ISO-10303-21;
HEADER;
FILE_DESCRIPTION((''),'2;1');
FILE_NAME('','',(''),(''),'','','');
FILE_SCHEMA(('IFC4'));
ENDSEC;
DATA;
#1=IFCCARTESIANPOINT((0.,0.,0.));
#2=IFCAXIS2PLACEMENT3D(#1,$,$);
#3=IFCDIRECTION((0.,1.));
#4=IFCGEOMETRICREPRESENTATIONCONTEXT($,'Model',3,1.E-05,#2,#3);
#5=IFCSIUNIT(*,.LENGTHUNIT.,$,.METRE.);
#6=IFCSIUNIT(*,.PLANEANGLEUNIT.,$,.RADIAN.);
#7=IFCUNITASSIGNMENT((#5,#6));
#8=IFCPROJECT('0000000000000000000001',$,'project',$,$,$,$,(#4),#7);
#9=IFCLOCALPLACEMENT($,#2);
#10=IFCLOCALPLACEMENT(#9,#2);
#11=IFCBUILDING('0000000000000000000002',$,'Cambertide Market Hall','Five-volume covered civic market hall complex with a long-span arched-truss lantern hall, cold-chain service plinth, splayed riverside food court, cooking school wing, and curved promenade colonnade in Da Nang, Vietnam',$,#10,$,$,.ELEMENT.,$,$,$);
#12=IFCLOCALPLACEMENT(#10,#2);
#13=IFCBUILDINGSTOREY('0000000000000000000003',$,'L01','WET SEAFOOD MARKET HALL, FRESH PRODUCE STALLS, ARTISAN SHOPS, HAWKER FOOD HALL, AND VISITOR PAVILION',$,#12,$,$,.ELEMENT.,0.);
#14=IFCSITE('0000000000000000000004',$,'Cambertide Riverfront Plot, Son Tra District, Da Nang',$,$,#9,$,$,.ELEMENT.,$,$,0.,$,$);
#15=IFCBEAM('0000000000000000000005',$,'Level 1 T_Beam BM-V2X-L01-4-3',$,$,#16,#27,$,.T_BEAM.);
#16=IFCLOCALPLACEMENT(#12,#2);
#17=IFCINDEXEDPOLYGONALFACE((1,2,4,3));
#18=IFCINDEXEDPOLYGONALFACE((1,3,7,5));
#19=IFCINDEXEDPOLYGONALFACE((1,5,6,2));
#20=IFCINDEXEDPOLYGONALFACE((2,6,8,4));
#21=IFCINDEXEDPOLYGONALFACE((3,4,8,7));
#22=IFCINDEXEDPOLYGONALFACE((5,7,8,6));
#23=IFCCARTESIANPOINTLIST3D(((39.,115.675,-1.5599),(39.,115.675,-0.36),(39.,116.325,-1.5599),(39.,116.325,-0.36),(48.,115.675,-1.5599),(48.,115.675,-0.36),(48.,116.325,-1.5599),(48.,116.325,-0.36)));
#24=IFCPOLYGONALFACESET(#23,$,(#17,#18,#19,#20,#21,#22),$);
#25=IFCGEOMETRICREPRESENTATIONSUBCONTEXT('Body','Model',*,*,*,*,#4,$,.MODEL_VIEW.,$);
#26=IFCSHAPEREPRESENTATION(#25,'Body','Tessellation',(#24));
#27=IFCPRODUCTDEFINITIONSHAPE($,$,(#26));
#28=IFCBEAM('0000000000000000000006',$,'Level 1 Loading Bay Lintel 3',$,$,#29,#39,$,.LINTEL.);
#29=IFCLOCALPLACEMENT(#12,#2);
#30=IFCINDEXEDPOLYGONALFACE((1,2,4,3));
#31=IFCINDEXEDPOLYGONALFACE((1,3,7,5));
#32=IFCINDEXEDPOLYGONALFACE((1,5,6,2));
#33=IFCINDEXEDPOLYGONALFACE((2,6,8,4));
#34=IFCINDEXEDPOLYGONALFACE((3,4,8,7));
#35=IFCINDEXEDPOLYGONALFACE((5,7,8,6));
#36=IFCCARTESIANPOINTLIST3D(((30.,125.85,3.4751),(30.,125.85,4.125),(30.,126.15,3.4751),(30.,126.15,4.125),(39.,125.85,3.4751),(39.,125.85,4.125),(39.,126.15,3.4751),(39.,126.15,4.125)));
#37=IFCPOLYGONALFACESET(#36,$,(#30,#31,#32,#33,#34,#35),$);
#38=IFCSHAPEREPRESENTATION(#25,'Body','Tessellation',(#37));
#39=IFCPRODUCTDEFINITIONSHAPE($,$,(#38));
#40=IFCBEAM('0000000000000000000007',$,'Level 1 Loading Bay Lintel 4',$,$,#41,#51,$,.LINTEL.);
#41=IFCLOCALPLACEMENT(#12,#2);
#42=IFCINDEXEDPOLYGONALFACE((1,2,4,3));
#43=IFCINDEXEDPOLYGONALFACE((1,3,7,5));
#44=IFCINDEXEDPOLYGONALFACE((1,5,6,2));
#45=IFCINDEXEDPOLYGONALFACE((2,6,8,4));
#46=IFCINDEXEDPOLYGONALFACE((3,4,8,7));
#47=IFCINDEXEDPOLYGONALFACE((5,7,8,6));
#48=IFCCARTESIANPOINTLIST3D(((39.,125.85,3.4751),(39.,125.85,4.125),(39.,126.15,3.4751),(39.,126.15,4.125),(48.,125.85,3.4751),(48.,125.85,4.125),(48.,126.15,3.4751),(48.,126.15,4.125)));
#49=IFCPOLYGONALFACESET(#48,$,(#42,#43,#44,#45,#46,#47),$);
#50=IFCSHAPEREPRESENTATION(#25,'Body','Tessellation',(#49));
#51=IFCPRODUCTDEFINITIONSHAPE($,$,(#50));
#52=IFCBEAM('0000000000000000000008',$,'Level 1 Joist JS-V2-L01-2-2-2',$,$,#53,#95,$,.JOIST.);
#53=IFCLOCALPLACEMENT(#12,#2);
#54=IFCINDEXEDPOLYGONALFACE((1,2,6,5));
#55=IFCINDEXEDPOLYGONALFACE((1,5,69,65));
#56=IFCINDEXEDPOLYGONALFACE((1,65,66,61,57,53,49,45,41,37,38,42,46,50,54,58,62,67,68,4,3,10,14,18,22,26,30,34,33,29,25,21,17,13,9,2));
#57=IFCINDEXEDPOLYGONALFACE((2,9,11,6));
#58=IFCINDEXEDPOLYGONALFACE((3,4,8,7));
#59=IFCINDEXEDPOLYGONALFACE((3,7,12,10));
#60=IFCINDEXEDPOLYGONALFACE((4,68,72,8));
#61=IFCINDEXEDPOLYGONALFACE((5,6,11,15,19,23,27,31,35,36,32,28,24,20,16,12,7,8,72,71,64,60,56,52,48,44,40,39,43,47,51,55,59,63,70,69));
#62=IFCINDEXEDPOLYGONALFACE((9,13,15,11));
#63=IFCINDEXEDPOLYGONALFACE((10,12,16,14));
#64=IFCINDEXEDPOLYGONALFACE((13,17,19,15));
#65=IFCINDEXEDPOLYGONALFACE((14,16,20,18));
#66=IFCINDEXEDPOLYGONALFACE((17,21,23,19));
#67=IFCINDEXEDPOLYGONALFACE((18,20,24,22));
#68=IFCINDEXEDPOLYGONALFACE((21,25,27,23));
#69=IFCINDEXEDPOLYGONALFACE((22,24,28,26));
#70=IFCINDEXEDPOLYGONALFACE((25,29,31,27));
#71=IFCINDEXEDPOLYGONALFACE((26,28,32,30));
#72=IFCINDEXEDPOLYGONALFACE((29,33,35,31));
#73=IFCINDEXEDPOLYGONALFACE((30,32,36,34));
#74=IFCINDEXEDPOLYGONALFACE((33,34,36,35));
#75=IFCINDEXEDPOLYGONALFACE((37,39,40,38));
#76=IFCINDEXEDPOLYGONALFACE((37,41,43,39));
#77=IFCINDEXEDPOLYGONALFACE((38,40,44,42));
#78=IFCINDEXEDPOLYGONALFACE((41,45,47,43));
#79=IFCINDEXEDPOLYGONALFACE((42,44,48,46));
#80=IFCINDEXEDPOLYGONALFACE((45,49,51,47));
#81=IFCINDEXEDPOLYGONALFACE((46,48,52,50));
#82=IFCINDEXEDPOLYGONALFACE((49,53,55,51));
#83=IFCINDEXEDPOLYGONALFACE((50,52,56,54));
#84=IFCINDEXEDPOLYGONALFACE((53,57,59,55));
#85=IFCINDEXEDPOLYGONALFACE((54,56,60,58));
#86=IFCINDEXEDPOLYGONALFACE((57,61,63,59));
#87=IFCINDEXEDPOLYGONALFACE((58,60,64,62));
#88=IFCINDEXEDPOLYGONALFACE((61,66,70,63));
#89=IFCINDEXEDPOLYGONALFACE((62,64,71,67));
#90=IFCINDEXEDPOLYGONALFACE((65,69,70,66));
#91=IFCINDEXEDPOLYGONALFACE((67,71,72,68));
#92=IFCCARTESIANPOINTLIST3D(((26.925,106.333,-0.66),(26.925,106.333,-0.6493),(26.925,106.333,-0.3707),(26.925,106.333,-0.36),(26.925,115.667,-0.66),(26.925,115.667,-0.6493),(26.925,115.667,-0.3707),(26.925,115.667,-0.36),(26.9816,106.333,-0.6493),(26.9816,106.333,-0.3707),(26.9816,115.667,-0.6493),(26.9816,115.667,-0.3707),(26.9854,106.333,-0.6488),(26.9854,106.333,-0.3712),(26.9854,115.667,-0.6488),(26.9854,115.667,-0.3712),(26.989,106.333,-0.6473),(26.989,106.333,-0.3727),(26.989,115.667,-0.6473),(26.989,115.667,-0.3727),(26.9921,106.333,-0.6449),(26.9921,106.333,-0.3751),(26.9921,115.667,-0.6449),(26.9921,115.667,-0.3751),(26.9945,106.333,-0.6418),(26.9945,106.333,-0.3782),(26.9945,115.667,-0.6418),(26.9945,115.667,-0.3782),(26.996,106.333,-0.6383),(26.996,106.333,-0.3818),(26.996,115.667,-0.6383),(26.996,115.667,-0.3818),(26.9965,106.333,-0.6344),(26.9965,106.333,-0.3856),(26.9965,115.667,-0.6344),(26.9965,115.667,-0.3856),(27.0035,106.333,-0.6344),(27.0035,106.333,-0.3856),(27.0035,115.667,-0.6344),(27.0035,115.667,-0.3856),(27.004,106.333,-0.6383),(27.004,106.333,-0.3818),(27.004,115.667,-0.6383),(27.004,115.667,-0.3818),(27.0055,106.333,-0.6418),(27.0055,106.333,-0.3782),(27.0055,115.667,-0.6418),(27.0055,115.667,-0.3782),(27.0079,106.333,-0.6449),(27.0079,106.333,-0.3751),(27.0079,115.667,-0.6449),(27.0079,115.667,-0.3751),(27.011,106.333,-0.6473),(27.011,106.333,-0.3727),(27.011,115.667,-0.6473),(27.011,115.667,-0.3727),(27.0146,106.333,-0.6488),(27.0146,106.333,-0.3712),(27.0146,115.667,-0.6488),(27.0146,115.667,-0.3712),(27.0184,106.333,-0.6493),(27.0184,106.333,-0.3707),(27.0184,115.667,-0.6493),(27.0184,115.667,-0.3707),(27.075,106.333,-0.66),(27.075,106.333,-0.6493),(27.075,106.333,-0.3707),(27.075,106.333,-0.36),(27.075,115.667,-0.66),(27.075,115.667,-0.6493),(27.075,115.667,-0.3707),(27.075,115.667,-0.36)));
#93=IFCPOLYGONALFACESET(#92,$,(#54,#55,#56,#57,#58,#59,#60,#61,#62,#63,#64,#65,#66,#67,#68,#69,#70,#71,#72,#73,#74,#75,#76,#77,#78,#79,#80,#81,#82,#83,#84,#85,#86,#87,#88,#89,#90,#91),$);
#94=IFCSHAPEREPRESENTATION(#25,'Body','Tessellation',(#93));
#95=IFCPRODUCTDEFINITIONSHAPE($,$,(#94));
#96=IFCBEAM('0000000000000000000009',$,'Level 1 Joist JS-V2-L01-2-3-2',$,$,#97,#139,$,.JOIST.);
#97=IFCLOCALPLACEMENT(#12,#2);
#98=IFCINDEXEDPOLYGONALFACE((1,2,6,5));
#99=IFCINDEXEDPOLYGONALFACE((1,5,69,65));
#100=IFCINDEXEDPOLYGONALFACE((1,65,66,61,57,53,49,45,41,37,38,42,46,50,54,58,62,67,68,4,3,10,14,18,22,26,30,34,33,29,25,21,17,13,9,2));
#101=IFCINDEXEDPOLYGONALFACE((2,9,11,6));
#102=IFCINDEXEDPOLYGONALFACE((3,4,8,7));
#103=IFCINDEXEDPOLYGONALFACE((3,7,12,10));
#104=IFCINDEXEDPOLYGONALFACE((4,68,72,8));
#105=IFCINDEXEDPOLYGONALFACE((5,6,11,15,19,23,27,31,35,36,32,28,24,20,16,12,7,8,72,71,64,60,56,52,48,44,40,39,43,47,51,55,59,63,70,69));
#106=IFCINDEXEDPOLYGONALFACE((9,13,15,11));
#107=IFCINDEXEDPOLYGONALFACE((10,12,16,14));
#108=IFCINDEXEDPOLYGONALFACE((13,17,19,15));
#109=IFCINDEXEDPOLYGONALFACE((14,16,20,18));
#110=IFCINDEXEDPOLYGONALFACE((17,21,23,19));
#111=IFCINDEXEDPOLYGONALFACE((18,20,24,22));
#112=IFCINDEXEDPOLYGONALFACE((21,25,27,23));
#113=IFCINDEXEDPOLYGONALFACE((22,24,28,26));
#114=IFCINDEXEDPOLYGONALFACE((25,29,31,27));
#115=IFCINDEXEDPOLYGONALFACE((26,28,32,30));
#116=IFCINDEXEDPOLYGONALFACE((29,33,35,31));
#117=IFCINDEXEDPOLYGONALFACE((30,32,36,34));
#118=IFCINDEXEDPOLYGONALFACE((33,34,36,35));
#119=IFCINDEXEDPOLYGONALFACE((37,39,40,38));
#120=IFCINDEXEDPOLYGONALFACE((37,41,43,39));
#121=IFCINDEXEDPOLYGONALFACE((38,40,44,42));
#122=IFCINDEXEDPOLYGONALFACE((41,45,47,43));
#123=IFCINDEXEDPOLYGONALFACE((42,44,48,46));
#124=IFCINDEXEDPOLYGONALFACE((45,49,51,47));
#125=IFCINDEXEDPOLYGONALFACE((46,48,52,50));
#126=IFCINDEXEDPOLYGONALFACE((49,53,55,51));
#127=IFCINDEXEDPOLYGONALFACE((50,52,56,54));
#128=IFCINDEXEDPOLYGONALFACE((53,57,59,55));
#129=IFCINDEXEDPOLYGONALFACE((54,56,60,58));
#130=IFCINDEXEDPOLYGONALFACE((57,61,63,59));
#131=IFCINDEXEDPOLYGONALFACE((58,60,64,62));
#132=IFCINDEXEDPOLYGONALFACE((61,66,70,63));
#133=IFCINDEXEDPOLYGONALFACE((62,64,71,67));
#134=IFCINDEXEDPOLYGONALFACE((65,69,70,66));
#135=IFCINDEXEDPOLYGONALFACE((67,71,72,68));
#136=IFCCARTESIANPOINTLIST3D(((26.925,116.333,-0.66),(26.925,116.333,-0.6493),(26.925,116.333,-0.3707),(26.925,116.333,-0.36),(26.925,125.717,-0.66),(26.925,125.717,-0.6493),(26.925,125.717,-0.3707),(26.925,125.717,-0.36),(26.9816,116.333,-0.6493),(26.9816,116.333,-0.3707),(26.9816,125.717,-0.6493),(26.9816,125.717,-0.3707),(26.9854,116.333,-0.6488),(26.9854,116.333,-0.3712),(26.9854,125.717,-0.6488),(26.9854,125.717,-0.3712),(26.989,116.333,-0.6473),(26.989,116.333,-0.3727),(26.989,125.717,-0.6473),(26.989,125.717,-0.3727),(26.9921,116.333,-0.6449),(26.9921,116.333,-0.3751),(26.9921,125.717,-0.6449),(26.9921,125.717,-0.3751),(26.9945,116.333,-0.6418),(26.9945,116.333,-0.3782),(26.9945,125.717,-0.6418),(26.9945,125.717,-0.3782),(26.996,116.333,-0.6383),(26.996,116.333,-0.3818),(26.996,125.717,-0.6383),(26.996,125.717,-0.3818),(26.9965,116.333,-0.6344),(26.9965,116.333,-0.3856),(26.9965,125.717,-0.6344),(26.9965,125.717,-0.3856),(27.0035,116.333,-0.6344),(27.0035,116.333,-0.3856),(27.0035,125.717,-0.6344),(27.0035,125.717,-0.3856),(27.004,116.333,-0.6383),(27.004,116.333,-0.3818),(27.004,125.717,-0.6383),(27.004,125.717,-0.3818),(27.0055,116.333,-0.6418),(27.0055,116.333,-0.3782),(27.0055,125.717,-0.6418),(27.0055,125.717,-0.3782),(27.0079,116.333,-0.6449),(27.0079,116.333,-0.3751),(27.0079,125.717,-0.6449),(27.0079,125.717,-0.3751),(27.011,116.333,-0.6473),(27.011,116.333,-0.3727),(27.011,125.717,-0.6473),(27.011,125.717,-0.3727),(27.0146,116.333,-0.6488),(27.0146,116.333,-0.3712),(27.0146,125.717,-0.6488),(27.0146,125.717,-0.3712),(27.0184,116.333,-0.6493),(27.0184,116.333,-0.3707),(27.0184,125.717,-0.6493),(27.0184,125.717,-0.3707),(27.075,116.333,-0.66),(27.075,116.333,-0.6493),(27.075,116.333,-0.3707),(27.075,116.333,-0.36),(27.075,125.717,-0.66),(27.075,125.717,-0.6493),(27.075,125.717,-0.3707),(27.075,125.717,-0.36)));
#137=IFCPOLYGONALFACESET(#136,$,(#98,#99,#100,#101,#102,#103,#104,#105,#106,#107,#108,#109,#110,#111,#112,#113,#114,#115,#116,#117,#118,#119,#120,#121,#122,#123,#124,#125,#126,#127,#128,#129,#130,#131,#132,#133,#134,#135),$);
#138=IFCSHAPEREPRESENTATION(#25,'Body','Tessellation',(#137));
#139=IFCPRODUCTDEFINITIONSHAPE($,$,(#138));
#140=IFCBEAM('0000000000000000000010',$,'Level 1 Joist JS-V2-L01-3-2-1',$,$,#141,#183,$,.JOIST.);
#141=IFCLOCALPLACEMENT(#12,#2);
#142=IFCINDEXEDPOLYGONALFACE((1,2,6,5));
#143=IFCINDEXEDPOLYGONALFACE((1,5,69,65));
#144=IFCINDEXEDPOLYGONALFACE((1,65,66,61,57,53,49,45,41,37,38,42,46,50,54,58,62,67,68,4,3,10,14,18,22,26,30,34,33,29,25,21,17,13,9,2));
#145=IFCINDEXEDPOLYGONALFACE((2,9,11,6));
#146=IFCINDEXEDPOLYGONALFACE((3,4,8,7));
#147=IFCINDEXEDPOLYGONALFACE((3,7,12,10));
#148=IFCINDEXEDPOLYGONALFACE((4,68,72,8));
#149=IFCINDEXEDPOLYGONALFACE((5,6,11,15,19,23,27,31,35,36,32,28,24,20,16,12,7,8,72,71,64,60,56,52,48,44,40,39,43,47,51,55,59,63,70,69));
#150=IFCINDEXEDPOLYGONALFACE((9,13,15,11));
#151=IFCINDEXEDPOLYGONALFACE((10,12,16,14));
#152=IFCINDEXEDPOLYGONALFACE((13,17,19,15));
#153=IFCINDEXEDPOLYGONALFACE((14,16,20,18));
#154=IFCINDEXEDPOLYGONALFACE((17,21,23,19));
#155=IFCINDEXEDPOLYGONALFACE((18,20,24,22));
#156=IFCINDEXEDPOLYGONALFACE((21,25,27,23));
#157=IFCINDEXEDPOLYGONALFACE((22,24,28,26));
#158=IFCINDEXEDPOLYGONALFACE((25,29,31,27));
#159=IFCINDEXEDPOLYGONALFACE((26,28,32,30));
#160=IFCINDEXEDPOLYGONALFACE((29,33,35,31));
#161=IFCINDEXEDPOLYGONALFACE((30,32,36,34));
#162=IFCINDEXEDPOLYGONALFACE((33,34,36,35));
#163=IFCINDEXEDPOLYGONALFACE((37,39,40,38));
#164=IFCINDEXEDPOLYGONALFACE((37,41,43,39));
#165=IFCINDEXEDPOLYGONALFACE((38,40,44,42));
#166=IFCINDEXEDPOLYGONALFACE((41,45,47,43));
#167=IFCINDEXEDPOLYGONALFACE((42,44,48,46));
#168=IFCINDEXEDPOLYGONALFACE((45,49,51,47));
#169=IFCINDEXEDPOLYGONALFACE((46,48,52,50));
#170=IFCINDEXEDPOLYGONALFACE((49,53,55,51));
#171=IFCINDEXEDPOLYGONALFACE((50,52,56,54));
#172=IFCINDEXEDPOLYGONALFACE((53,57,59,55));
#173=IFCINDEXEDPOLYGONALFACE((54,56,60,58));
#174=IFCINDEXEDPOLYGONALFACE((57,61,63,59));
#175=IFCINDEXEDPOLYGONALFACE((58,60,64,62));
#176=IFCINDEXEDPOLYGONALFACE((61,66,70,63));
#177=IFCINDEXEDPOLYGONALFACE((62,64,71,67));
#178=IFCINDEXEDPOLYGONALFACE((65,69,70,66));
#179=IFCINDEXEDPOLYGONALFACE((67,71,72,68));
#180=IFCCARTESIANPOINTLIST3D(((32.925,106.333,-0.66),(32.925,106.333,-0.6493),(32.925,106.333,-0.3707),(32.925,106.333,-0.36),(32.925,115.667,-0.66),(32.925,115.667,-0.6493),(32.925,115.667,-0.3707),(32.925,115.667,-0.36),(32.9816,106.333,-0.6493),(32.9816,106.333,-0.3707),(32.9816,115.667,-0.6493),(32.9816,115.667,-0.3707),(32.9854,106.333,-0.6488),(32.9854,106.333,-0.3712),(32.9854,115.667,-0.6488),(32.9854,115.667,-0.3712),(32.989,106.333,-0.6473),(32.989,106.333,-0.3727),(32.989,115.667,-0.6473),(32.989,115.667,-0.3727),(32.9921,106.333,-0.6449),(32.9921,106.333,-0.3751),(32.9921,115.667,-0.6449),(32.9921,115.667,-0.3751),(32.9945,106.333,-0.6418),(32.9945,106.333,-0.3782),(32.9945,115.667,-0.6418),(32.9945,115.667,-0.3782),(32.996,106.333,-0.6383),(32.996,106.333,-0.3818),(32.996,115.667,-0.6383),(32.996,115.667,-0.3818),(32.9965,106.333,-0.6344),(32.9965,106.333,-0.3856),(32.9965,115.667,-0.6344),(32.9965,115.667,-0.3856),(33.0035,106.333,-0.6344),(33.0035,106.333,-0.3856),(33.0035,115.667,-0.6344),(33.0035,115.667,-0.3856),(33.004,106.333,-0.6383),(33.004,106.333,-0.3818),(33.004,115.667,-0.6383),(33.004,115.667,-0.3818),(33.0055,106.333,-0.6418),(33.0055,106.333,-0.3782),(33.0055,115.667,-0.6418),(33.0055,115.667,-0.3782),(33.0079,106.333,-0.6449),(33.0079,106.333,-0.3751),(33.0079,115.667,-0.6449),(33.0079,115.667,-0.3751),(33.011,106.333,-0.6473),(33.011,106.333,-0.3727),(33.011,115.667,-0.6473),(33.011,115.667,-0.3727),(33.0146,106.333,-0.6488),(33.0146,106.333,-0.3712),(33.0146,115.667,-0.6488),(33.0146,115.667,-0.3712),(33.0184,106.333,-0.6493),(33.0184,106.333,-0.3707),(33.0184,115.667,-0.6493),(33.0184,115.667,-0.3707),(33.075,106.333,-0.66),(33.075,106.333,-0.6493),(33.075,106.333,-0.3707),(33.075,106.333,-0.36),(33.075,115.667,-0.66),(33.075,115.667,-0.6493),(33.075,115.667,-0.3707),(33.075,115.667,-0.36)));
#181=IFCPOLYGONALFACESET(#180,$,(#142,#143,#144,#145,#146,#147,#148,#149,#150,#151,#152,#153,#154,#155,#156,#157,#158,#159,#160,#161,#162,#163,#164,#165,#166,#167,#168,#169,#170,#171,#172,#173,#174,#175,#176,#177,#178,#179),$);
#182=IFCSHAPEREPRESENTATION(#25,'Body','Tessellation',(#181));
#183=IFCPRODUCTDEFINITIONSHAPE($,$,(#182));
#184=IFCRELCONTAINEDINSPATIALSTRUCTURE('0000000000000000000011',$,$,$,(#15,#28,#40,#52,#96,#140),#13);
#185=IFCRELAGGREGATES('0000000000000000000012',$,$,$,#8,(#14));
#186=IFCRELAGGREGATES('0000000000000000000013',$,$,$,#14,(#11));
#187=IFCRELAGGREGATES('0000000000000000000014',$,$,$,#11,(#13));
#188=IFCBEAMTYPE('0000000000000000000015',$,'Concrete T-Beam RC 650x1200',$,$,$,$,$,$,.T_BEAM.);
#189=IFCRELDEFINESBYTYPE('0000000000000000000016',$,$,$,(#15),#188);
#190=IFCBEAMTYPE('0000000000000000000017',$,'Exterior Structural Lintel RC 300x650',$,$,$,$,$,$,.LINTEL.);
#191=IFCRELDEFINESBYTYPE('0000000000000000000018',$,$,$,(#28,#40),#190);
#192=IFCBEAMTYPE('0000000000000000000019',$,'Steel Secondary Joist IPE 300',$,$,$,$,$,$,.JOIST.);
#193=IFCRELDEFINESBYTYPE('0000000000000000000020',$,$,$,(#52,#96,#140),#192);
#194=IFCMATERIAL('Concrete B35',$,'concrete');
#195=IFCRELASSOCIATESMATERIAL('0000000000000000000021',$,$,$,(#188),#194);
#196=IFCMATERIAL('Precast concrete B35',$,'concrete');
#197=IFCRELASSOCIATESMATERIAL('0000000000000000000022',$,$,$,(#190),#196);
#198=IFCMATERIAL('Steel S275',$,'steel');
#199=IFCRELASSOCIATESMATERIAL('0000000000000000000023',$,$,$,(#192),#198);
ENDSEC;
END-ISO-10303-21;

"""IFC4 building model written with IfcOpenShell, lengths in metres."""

from ifc_helpers import new_model, si_unit, direction, frame, origin, origin_2d, place, context, subcontext, project, spatial, rectangle, i_section, extrude, material, material_profile, profile_set, type_object, element, save


model = new_model("IFC4")

# Units and contexts
model_context = context("Model", 3, precision=1e-05, world=origin(), true_north=direction((0.0, 1.0)))
body_context = subcontext(model_context, "Body", "Model", "MODEL_VIEW")
ifc_project = project(units=[si_unit("LENGTHUNIT", "METRE"), si_unit("PLANEANGLEUNIT", "RADIAN")], contexts=[model_context])

# Site, building, storey
site_placement = place(None, origin())
site = spatial("IfcSite", under=ifc_project, at=site_placement, Name="Cambertide Riverfront Plot, Son Tra District, Da Nang", CompositionType="ELEMENT", RefElevation=0.0)
building_placement = place(site_placement, origin())
building = spatial("IfcBuilding", under=site, at=building_placement, Name="Cambertide Market Hall", Description="Five-volume covered civic market hall complex with a long-span arched-truss lantern hall, cold-chain service plinth, splayed riverside food court, cooking school wing, and curved promenade colonnade in Da Nang, Vietnam", CompositionType="ELEMENT")
storey_placement = place(building_placement, origin())
storey = spatial("IfcBuildingStorey", under=building, at=storey_placement, Name="L01", Description="WET SEAFOOD MARKET HALL, FRESH PRODUCE STALLS, ARTISAN SHOPS, HAWKER FOOD HALL, AND VISITOR PAVILION", CompositionType="ELEMENT", Elevation=0.0)

# Beams
ifc_material_1 = material(Name="Concrete B35", Category="concrete")
ifc_material_profile_1 = material_profile(ifc_material_1, rectangle(XDim=0.6499, YDim=1.2, at=origin_2d()), Name="RC 650x1200")
ifc_profile_set_1 = profile_set([ifc_material_profile_1], Name="Concrete B35")
beam_type_1 = type_object("IfcBeamType", Name="Concrete T-Beam RC 650x1200", PredefinedType="T_BEAM", material=ifc_profile_set_1)
for number, where, z_axis, x_axis, name in (
    (1, (39.0, 116.0, -0.96), (1.0, 0.0, 0.0), (0.0, 1.0, 0.0), "Level 1 T_Beam BM-V2X-L01-4-3"),
):
    element("IfcBeam", number, at=place(storey_placement, frame(where, z_axis=z_axis, x_axis=x_axis)), inside=storey, type_object=beam_type_1, Name=name, PredefinedType="T_BEAM", context=body_context, shape_type="SweptSolid", body=[
        extrude(rectangle(XDim=0.6499, YDim=1.2, at=origin_2d()), origin(), (0.0, 0.0, 1.0), 9.0),
    ])
ifc_material_2 = material(Name="Precast concrete B35", Category="concrete")
ifc_material_profile_2 = material_profile(ifc_material_2, rectangle(XDim=0.3, YDim=0.6499, at=origin_2d()), Name="RC 300x650")
ifc_profile_set_2 = profile_set([ifc_material_profile_2], Name="Precast concrete B35")
beam_type_2 = type_object("IfcBeamType", Name="Exterior Structural Lintel RC 300x650", PredefinedType="LINTEL", material=ifc_profile_set_2)
for number, where, z_axis, x_axis, name in (
    (2, (30.0, 126.0, 3.8), (1.0, 0.0, 0.0), (0.0, 1.0, 0.0), "Level 1 Loading Bay Lintel 3"),
    (3, (39.0, 126.0, 3.8), (1.0, 0.0, 0.0), (0.0, 1.0, 0.0), "Level 1 Loading Bay Lintel 4"),
):
    element("IfcBeam", number, at=place(storey_placement, frame(where, z_axis=z_axis, x_axis=x_axis)), inside=storey, type_object=beam_type_2, Name=name, PredefinedType="LINTEL", context=body_context, shape_type="SweptSolid", body=[
        extrude(rectangle(XDim=0.3, YDim=0.6499, at=origin_2d()), origin(), (0.0, 0.0, 1.0), 9.0),
    ])
ifc_material_3 = material(Name="Steel S275", Category="steel")
ifc_material_profile_3 = material_profile(ifc_material_3, i_section(OverallWidth=0.1499, OverallDepth=0.3, WebThickness=0.0071, FlangeThickness=0.0107, FilletRadius=0.0149, at=origin_2d()), Name="IPE 300")
ifc_profile_set_3 = profile_set([ifc_material_profile_3], Name="Steel S275")
beam_type_3 = type_object("IfcBeamType", Name="Steel Secondary Joist IPE 300", PredefinedType="JOIST", material=ifc_profile_set_3)
beam_1_placement = place(storey_placement, frame((27.0, 106.333, -0.51), z_axis=(0.0, 1.0, 0.0), x_axis=(-1.0, 0.0, 0.0)))
element("IfcBeam", 4, at=beam_1_placement, inside=storey, type_object=beam_type_3, Name="Level 1 Joist JS-V2-L01-2-2-2", PredefinedType="JOIST", context=body_context, shape_type="SweptSolid", body=[
    extrude(i_section(OverallWidth=0.1499, OverallDepth=0.3, WebThickness=0.0071, FlangeThickness=0.0107, FilletRadius=0.0149, at=origin_2d()), origin(), (0.0, 0.0, 1.0), 9.334),
])
beam_2_placement = place(storey_placement, frame((27.0, 116.333, -0.51), z_axis=(0.0, 1.0, 0.0), x_axis=(-1.0, 0.0, 0.0)))
element("IfcBeam", 5, at=beam_2_placement, inside=storey, type_object=beam_type_3, Name="Level 1 Joist JS-V2-L01-2-3-2", PredefinedType="JOIST", context=body_context, shape_type="SweptSolid", body=[
    extrude(i_section(OverallWidth=0.1499, OverallDepth=0.3, WebThickness=0.0071, FlangeThickness=0.0107, FilletRadius=0.0149, at=origin_2d()), origin(), (0.0, 0.0, 1.0), 9.384),
])
for number, where, z_axis, x_axis, name in (
    (6, (33.0, 106.333, -0.51), (0.0, 1.0, 0.0), (-1.0, 0.0, 0.0), "Level 1 Joist JS-V2-L01-3-2-1"),
):
    element("IfcBeam", number, at=place(storey_placement, frame(where, z_axis=z_axis, x_axis=x_axis)), inside=storey, type_object=beam_type_3, Name=name, PredefinedType="JOIST", context=body_context, shape_type="SweptSolid", body=[
        extrude(i_section(OverallWidth=0.1499, OverallDepth=0.3, WebThickness=0.0071, FlangeThickness=0.0107, FilletRadius=0.0149, at=origin_2d()), origin(), (0.0, 0.0, 1.0), 9.334),
    ])

save(model, "model.ifc")
